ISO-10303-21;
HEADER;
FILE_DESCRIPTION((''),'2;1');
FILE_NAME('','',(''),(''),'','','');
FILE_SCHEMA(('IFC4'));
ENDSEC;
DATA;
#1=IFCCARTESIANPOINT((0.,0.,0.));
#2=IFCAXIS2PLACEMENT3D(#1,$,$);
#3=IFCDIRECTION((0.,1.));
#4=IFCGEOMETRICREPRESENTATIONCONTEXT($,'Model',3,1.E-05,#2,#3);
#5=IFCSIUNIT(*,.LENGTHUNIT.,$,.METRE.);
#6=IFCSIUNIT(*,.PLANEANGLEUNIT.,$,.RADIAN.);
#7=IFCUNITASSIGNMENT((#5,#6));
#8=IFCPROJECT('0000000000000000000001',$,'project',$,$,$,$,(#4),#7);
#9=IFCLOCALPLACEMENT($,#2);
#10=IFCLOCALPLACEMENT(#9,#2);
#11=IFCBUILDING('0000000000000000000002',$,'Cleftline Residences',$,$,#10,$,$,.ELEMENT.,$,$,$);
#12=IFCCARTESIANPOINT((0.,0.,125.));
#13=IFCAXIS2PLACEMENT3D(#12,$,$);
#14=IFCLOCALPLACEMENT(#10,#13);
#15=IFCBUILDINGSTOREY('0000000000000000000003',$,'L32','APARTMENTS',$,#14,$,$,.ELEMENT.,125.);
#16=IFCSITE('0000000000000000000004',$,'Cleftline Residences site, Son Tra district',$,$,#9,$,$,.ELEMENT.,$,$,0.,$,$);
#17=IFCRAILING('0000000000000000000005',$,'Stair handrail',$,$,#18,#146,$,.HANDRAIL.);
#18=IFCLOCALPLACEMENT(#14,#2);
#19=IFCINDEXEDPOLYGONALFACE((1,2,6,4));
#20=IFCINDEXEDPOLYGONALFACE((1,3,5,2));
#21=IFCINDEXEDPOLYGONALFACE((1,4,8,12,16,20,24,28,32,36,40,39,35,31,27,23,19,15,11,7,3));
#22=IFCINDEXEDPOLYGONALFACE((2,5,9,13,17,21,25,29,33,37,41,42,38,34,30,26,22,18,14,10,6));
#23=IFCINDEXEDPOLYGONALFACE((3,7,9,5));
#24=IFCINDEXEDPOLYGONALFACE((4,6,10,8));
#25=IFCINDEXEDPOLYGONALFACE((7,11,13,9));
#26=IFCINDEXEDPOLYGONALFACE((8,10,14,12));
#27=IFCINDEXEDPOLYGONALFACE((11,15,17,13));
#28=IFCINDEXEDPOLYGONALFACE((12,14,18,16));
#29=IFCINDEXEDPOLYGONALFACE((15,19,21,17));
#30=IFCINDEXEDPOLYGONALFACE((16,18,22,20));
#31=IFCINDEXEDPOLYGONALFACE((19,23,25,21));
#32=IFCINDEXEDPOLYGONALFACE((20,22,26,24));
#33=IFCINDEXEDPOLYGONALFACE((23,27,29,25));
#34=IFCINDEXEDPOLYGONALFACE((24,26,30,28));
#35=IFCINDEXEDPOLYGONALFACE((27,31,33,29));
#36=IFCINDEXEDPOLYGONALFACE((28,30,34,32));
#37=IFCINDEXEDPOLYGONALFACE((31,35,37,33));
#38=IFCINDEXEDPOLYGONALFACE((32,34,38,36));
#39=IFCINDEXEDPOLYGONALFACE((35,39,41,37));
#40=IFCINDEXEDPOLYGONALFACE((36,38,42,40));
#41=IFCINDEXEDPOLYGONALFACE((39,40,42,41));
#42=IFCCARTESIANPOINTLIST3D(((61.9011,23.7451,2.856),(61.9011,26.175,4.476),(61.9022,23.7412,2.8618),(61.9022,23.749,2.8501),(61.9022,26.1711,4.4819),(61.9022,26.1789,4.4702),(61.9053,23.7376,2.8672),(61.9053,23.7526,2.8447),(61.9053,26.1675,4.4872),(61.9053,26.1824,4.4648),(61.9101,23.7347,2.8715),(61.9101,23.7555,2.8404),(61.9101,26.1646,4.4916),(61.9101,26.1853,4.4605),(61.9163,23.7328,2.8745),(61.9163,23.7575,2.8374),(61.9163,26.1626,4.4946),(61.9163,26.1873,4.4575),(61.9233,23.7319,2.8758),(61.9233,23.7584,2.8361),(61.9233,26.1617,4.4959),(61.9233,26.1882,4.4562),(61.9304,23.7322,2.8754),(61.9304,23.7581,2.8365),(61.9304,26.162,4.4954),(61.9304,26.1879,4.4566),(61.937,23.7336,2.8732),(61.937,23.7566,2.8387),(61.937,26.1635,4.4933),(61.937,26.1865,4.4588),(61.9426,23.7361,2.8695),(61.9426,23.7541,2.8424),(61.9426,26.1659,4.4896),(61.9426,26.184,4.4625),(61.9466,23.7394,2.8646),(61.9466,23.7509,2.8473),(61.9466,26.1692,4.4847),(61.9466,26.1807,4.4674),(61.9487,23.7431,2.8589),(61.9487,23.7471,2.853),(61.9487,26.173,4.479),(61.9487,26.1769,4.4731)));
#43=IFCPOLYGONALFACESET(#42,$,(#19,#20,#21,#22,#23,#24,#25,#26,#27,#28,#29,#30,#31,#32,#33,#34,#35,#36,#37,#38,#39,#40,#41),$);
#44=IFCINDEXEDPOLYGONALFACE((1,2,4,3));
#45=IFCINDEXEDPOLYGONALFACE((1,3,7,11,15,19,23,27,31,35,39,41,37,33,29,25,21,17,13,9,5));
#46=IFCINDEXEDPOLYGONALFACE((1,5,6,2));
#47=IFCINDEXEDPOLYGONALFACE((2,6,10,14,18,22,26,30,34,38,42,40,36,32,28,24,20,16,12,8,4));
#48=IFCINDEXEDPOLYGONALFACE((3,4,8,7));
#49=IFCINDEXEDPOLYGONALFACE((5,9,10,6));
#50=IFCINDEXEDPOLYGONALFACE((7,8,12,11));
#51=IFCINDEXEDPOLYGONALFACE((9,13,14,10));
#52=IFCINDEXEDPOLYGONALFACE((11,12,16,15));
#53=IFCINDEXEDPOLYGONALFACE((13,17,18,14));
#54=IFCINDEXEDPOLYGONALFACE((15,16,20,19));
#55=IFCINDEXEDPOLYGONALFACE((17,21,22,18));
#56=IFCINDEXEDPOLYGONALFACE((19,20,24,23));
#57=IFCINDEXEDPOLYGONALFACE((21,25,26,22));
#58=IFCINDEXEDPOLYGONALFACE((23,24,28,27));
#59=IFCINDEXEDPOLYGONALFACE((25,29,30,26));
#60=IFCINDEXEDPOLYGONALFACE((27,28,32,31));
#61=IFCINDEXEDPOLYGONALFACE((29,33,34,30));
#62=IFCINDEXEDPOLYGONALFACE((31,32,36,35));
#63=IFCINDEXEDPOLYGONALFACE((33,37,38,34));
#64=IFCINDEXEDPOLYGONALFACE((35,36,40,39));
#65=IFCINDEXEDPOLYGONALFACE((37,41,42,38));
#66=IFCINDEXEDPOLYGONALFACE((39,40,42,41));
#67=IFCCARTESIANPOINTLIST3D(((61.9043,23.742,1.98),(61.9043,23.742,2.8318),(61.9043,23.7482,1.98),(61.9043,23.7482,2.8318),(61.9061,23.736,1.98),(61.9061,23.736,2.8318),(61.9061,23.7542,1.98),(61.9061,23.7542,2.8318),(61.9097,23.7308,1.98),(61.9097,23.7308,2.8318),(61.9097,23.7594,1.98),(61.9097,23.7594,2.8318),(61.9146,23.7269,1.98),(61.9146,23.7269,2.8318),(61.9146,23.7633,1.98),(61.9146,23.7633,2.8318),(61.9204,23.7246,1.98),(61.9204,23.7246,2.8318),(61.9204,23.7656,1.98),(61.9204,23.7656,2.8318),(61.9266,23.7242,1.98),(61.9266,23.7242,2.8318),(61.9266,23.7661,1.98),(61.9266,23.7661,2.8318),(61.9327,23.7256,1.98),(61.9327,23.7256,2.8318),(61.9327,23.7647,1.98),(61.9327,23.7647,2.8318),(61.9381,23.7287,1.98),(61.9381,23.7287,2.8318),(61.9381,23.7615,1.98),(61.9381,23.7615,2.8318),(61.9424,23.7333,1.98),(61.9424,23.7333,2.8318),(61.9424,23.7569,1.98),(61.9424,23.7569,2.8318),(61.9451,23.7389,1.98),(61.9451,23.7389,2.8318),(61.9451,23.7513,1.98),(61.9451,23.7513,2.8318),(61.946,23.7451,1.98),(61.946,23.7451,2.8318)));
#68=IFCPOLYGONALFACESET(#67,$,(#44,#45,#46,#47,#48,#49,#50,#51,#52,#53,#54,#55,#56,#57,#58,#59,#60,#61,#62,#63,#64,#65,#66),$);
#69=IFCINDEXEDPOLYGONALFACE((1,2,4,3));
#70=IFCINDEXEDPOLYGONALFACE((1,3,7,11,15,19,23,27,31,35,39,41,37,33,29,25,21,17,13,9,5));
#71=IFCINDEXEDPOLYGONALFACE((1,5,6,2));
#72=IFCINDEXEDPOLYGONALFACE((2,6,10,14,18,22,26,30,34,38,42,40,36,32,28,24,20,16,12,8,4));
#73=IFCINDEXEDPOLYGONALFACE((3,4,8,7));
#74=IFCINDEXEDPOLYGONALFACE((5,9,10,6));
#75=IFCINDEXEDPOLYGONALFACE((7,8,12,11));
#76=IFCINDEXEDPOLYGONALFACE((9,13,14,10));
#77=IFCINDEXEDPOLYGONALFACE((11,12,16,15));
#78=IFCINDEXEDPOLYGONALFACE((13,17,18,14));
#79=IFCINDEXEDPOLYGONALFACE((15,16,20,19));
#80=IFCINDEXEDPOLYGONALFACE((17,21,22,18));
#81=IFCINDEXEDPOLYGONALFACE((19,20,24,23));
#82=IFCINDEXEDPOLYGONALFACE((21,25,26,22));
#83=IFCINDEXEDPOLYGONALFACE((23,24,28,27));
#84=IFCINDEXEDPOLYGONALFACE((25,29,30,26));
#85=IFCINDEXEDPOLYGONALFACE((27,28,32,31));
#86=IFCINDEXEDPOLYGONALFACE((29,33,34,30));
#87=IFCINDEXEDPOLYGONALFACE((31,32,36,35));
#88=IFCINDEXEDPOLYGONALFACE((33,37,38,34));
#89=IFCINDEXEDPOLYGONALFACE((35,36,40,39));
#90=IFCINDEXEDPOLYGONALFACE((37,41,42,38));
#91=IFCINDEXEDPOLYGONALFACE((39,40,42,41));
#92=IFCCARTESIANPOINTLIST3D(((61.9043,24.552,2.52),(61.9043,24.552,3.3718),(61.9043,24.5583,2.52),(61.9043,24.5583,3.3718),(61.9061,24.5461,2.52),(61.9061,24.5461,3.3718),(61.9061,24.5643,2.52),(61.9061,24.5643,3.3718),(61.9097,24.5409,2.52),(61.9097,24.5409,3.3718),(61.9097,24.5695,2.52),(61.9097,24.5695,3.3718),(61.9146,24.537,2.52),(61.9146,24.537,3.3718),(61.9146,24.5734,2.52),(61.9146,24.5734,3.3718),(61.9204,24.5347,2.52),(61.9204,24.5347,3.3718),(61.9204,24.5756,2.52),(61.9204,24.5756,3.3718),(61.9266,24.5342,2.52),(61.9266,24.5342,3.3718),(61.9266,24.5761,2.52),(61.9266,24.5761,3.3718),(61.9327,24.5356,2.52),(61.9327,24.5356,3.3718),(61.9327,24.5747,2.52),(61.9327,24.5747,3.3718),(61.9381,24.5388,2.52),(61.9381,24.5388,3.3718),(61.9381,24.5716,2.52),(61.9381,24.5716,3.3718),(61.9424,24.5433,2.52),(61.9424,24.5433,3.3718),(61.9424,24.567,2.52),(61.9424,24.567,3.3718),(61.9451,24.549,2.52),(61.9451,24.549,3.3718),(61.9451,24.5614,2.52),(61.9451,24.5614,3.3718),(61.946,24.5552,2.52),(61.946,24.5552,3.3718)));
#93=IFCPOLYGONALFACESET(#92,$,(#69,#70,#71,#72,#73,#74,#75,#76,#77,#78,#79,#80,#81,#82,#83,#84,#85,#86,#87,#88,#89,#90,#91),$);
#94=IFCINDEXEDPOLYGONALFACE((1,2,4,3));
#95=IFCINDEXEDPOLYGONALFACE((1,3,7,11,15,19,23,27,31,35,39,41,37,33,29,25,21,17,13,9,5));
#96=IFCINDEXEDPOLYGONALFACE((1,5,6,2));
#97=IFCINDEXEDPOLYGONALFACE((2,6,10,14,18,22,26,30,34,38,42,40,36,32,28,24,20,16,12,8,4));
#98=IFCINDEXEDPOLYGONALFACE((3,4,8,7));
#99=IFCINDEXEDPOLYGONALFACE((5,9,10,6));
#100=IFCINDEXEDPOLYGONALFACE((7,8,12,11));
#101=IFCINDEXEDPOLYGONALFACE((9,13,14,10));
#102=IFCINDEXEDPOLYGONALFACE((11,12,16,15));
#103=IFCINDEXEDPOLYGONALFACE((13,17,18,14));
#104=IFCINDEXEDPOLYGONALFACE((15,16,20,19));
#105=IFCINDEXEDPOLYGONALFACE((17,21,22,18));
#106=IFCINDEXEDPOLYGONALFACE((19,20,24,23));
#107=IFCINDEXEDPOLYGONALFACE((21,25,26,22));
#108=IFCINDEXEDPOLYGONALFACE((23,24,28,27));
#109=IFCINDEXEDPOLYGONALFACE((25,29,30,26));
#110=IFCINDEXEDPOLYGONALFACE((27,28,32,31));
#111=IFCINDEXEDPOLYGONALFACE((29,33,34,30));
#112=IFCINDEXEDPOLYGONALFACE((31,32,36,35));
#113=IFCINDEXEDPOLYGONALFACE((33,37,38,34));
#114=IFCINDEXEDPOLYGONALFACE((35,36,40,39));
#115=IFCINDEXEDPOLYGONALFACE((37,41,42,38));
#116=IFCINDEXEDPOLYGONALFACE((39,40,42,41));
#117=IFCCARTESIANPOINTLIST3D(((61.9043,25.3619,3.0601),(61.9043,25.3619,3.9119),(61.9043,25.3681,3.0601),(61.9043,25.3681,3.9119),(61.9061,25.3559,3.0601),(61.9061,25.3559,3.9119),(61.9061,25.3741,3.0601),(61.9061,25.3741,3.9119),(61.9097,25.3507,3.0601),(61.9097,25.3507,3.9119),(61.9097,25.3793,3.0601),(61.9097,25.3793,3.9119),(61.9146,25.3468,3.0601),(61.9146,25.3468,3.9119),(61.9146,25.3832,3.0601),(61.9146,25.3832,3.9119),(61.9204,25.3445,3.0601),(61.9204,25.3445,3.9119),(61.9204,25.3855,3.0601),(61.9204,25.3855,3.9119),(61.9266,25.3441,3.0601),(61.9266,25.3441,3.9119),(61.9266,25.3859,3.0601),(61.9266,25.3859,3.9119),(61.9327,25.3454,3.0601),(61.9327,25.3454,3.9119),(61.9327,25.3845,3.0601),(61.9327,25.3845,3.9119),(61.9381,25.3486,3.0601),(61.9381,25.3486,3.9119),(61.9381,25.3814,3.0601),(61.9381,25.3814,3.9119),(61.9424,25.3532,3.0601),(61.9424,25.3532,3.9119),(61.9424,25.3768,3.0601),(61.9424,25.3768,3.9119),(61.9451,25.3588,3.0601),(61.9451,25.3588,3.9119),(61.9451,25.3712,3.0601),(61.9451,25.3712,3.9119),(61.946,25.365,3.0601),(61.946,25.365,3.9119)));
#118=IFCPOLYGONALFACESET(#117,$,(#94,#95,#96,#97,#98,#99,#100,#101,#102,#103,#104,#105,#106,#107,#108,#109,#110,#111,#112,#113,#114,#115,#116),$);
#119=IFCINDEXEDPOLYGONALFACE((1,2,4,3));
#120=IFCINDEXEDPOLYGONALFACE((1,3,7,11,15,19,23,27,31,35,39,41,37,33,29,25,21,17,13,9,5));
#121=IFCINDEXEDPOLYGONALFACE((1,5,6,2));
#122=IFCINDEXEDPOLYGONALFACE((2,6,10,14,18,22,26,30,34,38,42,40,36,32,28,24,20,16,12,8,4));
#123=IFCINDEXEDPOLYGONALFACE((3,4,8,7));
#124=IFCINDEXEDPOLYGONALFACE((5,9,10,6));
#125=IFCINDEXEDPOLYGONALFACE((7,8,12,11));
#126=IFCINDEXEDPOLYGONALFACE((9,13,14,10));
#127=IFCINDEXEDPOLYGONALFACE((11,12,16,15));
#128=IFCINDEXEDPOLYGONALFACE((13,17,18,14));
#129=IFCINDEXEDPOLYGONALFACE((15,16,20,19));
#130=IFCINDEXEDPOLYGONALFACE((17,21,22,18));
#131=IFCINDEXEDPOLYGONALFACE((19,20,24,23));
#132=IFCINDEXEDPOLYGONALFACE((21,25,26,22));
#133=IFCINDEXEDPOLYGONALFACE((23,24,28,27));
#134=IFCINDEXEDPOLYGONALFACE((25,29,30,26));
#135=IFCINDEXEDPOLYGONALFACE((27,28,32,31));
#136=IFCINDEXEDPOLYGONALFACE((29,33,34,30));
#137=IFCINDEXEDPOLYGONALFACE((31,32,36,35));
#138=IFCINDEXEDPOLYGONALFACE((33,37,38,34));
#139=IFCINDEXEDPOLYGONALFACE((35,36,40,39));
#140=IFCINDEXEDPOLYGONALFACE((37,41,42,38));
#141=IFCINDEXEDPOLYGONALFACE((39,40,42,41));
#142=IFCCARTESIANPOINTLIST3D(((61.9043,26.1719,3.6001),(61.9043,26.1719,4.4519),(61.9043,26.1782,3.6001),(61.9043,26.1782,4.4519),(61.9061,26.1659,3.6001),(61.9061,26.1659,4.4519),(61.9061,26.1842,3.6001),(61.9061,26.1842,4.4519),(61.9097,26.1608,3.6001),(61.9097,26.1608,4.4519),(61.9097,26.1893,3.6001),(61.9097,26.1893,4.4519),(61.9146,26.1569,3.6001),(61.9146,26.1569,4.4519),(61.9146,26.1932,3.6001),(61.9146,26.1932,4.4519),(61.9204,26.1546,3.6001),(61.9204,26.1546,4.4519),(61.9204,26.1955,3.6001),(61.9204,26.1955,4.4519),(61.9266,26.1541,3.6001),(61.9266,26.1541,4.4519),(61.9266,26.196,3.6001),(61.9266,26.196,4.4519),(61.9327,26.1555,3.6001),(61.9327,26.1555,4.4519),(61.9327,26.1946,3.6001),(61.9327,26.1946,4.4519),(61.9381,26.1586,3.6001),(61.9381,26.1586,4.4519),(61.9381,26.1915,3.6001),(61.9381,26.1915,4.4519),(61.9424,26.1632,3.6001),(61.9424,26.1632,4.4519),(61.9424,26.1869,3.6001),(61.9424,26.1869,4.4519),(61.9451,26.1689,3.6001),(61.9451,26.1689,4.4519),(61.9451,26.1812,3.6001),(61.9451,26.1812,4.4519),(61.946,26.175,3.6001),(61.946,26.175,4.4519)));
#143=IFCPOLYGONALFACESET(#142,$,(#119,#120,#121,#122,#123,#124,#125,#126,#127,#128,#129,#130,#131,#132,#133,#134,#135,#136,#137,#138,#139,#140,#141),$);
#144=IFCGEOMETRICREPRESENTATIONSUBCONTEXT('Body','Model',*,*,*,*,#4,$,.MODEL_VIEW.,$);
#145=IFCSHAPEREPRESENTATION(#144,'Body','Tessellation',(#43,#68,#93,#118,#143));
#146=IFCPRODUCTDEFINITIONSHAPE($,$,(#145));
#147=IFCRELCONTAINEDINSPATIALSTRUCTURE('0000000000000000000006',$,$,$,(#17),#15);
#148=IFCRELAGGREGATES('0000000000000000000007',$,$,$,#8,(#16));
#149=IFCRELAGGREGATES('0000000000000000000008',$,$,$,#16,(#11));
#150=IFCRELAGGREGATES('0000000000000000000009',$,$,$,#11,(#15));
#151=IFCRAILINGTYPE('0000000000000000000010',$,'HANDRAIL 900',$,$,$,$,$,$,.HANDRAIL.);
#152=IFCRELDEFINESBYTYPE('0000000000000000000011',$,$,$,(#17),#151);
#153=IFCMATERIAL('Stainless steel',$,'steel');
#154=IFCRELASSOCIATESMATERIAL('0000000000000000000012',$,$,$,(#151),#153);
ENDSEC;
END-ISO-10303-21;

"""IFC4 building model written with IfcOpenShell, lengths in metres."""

from ifc_helpers import new_model, si_unit, direction, frame, origin, origin_2d, place, context, subcontext, project, spatial, circle, extrude, material, type_object, element, save


model = new_model("IFC4")

# Units and contexts
model_context = context("Model", 3, precision=1e-05, world=origin(), true_north=direction((0.0, 1.0)))
body_context = subcontext(model_context, "Body", "Model", "MODEL_VIEW")
ifc_project = project(units=[si_unit("LENGTHUNIT", "METRE"), si_unit("PLANEANGLEUNIT", "RADIAN")], contexts=[model_context])

# Site, building, storey
site_placement = place(None, origin())
site = spatial("IfcSite", under=ifc_project, at=site_placement, Name="Cleftline Residences site, Son Tra district", CompositionType="ELEMENT", RefElevation=0.0)
building_placement = place(site_placement, origin())
building = spatial("IfcBuilding", under=site, at=building_placement, Name="Cleftline Residences", CompositionType="ELEMENT")
storey_placement = place(building_placement, frame((0.0, 0.0, 125.0)))
storey = spatial("IfcBuildingStorey", under=building, at=storey_placement, Name="L32", Description="APARTMENTS", CompositionType="ELEMENT", Elevation=125.0)

# Railing
ifc_material_1 = material(Name="Stainless steel", Category="steel")
railing_type = type_object("IfcRailingType", Name="HANDRAIL 900", PredefinedType="HANDRAIL", material=ifc_material_1)
railing_1_placement = place(storey_placement, frame((61.925, 23.7451, 1.98)))
element("IfcRailing", 1, at=railing_1_placement, inside=storey, type_object=railing_type, Name="Stair handrail", PredefinedType="HANDRAIL", context=body_context, shape_type="SweptSolid", body=[
    extrude(circle(Radius=0.0239, at=origin_2d()), frame((0.0, 0.0, 0.876), z_axis=(0.0, 0.832025, 0.554739), x_axis=(-1.0, 0.0, 0.0)), (0.0, 0.0, 1.0), 2.9204),
    extrude(circle(Radius=0.021, at=origin_2d()), origin(), (0.0, 0.0, 1.0), 0.8518),
    extrude(circle(Radius=0.021, at=origin_2d()), frame((0.0, 0.8101, 0.54)), (0.0, 0.0, 1.0), 0.8518),
    extrude(circle(Radius=0.021, at=origin_2d()), frame((0.0, 1.6199, 1.0801)), (0.0, 0.0, 1.0), 0.8518),
    extrude(circle(Radius=0.021, at=origin_2d()), frame((0.0, 2.4299, 1.6201)), (0.0, 0.0, 1.0), 0.8518),
])

save(model, "model.ifc")
